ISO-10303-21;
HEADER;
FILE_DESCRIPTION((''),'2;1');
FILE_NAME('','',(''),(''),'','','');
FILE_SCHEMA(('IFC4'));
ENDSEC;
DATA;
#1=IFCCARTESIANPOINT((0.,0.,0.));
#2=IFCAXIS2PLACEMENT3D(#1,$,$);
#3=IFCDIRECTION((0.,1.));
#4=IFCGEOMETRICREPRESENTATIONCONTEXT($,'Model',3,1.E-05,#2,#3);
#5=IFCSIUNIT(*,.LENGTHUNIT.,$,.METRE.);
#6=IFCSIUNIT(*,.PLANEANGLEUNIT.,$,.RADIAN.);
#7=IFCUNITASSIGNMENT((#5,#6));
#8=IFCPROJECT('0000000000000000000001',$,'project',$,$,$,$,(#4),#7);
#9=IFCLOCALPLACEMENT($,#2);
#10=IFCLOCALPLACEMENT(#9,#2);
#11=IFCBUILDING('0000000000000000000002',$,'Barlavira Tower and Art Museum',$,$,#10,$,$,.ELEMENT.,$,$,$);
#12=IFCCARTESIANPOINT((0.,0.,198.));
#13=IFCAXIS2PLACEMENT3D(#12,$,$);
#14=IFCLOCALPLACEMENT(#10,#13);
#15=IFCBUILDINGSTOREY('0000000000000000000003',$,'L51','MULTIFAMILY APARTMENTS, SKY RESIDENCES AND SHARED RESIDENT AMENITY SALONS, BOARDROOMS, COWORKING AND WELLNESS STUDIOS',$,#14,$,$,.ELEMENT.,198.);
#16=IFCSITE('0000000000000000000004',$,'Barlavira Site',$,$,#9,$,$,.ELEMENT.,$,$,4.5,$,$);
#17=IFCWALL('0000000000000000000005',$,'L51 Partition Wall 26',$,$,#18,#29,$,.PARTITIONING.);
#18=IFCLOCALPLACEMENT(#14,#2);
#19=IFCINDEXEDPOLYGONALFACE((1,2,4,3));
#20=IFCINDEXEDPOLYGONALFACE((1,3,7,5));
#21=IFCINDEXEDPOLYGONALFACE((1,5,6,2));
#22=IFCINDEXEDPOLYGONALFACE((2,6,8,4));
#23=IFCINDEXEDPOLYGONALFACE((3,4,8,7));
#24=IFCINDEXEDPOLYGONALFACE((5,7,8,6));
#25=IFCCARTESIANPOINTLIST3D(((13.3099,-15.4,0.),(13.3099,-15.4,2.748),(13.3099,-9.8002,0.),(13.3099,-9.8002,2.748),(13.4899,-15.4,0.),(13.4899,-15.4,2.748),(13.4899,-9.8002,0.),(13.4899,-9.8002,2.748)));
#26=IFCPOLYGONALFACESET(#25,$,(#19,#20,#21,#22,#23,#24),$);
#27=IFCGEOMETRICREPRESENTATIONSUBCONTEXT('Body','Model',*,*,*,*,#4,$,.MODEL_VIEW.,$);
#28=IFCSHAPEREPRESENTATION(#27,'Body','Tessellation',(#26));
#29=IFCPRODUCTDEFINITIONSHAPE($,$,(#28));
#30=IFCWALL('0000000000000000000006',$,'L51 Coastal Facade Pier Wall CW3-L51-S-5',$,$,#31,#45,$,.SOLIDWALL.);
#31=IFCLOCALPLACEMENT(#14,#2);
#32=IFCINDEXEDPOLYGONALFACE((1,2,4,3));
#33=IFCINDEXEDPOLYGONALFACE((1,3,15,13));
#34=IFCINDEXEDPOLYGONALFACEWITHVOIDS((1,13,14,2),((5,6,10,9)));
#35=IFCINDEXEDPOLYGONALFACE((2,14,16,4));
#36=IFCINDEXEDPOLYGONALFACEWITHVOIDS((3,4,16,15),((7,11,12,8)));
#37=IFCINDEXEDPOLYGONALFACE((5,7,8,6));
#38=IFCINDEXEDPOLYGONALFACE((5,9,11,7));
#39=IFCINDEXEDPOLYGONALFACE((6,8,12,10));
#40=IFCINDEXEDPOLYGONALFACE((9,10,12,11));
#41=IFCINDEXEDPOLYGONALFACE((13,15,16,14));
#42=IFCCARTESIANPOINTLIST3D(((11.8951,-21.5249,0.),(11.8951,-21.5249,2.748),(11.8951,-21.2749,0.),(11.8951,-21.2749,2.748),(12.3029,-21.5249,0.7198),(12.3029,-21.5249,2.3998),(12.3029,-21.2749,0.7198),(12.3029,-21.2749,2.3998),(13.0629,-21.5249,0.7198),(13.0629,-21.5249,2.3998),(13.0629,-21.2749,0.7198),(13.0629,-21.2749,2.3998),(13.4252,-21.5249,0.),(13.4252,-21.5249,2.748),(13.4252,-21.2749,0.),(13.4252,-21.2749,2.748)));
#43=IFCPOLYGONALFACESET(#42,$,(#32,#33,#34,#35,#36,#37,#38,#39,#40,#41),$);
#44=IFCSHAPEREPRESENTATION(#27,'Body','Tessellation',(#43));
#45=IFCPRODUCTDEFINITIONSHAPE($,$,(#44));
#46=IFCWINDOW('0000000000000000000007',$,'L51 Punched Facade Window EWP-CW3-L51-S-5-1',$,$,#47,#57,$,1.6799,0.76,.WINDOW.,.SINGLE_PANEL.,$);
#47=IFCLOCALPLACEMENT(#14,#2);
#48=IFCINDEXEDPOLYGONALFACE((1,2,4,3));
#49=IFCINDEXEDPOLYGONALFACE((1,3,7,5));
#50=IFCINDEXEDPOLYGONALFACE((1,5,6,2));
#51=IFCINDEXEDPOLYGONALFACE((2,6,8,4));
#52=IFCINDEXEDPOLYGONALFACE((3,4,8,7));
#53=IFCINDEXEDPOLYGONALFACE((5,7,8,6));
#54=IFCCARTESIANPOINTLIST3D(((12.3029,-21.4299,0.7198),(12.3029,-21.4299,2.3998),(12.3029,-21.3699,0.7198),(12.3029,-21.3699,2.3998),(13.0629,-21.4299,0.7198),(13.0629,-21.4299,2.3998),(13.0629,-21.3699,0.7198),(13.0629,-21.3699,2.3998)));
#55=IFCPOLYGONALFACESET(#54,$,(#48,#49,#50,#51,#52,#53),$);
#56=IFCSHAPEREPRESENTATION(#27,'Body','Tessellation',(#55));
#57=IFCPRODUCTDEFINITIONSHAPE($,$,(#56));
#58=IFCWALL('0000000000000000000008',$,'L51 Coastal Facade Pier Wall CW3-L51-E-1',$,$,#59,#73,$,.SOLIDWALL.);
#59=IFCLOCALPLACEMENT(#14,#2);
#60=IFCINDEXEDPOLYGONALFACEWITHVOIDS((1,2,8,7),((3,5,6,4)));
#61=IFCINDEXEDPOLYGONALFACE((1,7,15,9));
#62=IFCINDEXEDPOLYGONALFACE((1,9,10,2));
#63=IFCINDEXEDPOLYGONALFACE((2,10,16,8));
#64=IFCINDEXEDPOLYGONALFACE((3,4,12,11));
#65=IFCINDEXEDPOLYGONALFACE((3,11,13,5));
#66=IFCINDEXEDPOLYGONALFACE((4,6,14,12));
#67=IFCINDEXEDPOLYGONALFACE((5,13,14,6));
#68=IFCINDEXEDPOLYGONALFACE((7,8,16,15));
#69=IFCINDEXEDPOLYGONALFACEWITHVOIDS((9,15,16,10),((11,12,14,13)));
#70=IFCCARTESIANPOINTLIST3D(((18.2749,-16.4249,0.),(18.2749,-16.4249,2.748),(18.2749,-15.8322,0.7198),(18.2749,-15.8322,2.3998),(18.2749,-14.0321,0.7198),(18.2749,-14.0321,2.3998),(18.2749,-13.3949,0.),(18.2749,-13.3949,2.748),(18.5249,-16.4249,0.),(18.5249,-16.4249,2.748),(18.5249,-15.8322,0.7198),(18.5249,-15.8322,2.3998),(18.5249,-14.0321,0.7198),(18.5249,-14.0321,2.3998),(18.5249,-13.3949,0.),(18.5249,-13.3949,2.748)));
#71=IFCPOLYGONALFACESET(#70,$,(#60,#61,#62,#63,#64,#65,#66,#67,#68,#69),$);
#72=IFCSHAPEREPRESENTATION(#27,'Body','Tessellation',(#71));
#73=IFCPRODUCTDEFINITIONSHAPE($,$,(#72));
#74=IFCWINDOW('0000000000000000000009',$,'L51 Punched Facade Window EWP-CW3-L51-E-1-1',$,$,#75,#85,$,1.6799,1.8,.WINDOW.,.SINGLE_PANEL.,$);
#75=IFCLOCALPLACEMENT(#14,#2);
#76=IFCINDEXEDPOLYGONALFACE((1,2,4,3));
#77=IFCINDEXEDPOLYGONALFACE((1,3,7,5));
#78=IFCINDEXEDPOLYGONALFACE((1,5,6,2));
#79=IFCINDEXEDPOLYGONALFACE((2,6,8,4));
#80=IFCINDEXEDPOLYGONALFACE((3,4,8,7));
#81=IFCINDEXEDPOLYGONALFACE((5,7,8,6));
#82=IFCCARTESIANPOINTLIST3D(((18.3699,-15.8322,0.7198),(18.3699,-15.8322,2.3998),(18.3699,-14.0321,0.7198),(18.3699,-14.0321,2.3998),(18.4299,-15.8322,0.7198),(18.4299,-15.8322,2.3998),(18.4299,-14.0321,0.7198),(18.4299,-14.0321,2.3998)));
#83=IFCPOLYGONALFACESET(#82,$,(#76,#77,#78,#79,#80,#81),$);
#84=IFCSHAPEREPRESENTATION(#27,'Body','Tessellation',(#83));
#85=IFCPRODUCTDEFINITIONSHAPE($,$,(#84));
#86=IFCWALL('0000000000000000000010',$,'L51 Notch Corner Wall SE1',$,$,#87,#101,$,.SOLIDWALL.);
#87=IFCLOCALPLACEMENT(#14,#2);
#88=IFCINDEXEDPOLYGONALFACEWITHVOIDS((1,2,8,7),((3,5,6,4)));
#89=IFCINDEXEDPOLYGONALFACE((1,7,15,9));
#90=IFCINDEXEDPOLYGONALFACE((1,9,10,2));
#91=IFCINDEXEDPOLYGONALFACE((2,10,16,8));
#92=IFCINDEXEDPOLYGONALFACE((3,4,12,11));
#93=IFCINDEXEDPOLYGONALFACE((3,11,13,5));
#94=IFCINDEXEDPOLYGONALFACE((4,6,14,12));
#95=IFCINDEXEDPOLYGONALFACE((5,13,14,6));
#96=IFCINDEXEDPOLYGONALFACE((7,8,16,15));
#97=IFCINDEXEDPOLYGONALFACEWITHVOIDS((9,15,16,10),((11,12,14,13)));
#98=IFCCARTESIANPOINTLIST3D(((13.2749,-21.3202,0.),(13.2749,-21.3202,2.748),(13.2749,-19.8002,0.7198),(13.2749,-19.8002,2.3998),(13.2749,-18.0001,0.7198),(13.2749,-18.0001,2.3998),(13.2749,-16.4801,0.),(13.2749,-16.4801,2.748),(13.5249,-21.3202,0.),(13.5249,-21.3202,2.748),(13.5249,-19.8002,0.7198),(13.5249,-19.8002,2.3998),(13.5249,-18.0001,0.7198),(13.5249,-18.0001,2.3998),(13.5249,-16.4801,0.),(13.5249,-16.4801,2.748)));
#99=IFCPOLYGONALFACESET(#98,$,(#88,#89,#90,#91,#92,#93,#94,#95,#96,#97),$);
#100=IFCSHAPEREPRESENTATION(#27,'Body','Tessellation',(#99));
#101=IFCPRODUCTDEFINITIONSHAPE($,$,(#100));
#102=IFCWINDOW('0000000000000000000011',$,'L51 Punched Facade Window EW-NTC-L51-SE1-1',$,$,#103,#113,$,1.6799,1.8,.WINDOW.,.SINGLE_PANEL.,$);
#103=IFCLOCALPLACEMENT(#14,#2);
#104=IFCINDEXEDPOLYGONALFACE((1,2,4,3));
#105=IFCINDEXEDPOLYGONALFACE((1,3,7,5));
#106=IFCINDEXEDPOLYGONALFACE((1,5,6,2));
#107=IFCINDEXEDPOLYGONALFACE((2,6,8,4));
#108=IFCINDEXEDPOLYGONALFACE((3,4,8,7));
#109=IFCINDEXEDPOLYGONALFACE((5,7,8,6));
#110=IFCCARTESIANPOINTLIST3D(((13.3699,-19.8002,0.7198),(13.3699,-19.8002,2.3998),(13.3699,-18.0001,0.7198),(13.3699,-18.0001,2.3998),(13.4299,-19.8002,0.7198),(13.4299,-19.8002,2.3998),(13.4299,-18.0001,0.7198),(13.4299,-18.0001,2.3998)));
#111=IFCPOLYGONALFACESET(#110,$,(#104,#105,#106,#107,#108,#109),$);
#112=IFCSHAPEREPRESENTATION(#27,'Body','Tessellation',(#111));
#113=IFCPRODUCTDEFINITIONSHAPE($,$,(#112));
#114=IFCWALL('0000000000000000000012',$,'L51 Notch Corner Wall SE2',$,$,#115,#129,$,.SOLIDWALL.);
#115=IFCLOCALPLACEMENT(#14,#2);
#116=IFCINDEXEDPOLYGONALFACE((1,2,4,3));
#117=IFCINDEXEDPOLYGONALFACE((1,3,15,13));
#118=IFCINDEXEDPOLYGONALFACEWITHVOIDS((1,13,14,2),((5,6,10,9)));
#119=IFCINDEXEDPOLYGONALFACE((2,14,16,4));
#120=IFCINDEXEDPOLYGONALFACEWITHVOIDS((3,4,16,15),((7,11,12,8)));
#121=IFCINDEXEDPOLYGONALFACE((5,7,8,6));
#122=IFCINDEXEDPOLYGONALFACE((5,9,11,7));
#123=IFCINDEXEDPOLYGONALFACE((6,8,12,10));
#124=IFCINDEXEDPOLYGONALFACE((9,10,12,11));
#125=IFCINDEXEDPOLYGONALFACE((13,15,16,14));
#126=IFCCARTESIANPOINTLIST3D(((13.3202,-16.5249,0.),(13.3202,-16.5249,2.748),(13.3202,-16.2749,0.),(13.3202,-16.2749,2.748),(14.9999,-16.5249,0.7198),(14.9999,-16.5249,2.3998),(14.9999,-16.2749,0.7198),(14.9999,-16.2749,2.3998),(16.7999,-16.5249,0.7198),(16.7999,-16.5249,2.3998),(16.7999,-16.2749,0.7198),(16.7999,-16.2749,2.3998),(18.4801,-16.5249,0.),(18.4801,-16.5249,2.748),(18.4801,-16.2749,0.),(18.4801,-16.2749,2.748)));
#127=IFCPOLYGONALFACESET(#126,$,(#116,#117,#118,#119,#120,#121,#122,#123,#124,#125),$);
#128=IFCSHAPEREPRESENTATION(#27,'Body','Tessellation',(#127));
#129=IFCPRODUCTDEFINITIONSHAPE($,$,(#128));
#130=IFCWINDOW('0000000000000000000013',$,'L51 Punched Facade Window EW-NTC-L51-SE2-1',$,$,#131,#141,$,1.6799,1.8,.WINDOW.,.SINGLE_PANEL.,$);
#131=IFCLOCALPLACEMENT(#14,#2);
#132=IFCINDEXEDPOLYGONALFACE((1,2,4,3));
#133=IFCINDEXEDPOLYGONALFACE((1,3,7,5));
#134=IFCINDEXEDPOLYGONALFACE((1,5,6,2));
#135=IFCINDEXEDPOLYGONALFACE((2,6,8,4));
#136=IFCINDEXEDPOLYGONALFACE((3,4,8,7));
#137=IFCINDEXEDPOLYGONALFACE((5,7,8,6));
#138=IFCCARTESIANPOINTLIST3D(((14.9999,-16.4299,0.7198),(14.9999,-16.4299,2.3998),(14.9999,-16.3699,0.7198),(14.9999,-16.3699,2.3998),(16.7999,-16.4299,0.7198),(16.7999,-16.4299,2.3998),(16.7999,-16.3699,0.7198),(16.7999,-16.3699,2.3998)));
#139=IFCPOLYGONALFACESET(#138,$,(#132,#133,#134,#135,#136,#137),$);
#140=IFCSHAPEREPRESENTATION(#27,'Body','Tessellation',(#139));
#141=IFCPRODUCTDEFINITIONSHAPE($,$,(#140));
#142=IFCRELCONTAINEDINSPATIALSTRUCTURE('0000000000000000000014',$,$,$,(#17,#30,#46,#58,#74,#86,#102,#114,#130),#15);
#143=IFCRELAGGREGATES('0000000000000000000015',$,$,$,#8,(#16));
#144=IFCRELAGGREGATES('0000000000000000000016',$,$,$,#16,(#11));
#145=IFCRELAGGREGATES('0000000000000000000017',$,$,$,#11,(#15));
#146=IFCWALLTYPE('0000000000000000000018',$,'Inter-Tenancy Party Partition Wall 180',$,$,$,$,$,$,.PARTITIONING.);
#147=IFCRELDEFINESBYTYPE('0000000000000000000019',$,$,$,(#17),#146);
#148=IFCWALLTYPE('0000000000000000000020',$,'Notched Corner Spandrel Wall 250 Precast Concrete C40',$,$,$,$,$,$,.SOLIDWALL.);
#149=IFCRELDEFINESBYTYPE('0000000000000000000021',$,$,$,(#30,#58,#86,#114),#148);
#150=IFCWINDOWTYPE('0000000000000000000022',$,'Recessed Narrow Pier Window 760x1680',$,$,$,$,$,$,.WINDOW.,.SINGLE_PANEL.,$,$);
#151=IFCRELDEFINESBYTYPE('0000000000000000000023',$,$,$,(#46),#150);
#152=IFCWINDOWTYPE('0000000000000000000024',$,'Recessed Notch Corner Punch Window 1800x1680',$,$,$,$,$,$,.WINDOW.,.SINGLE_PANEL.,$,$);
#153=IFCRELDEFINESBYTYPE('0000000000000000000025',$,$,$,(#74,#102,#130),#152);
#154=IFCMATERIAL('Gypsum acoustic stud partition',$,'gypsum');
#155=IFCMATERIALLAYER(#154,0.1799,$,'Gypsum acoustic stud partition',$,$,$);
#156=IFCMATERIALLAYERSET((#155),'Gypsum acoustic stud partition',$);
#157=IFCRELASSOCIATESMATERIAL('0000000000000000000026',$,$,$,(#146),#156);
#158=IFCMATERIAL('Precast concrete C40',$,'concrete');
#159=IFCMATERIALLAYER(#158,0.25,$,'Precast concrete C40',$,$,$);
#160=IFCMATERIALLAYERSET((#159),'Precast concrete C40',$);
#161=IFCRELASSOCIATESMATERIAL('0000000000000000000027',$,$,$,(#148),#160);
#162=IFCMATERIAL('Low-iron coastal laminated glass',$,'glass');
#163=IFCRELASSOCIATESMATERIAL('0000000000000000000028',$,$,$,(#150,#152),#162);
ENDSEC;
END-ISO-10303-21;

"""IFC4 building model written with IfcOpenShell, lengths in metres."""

from ifc_helpers import new_model, si_unit, direction, frame, frame_2d, origin, place, context, subcontext, project, spatial, rectangle, extrude, material, layer, layer_set, type_object, element, fill, save


model = new_model("IFC4")

# Units and contexts
model_context = context("Model", 3, precision=1e-05, world=origin(), true_north=direction((0.0, 1.0)))
body_context = subcontext(model_context, "Body", "Model", "MODEL_VIEW")
ifc_project = project(units=[si_unit("LENGTHUNIT", "METRE"), si_unit("PLANEANGLEUNIT", "RADIAN")], contexts=[model_context])

# Site, building, storey
site_placement = place(None, origin())
site = spatial("IfcSite", under=ifc_project, at=site_placement, Name="Barlavira Site", CompositionType="ELEMENT", RefElevation=4.5)
building_placement = place(site_placement, origin())
building = spatial("IfcBuilding", under=site, at=building_placement, Name="Barlavira Tower and Art Museum", CompositionType="ELEMENT")
storey_placement = place(building_placement, frame((0.0, 0.0, 198.0)))
storey = spatial("IfcBuildingStorey", under=building, at=storey_placement, Name="L51", Description="MULTIFAMILY APARTMENTS, SKY RESIDENCES AND SHARED RESIDENT AMENITY SALONS, BOARDROOMS, COWORKING AND WELLNESS STUDIOS", CompositionType="ELEMENT", Elevation=198.0)

# Wall
ifc_material_1 = material(Name="Gypsum acoustic stud partition", Category="gypsum")
ifc_layer_1 = layer(ifc_material_1, 0.1799, Name="Gypsum acoustic stud partition")
ifc_layer_set_1 = layer_set([ifc_layer_1], Name="Gypsum acoustic stud partition")
wall_type_1 = type_object("IfcWallType", Name="Inter-Tenancy Party Partition Wall 180", PredefinedType="PARTITIONING", material=ifc_layer_set_1)
wall_1_placement = place(storey_placement, frame((13.3999, -15.3999, 0.0), z_axis=(0.0, 0.0, 1.0), x_axis=(0.0, 1.0, 0.0)))
element("IfcWall", 1, at=wall_1_placement, inside=storey, type_object=wall_type_1, Name="L51 Partition Wall 26", PredefinedType="PARTITIONING", context=body_context, shape_type="SweptSolid", body=[
    extrude(rectangle(XDim=5.5999, YDim=0.1799, at=frame_2d((2.7998, 0.0))), origin(), (0.0, 0.0, 1.0), 2.748),
])

# Walls, openings, windows
ifc_material_2 = material(Name="Precast concrete C40", Category="concrete")
ifc_layer_2 = layer(ifc_material_2, 0.25, Name="Precast concrete C40")
ifc_layer_set_2 = layer_set([ifc_layer_2], Name="Precast concrete C40")
wall_type_2 = type_object("IfcWallType", Name="Notched Corner Spandrel Wall 250 Precast Concrete C40", PredefinedType="SOLIDWALL", material=ifc_layer_set_2)
wall_2_placement = place(storey_placement, frame((11.895, -21.3999, 0.0), z_axis=(0.0, 0.0, 1.0), x_axis=(1.0, 0.0, 0.0)))
wall_2 = element("IfcWall", 2, at=wall_2_placement, inside=storey, type_object=wall_type_2, Name="L51 Coastal Facade Pier Wall CW3-L51-S-5", PredefinedType="SOLIDWALL", context=body_context, shape_type="SweptSolid", body=[
    extrude(rectangle(XDim=1.53, YDim=0.25, at=frame_2d((0.7651, 0.0))), origin(), (0.0, 0.0, 1.0), 2.748),
])
opening_1_placement = place(wall_2_placement, frame((0.408, 0.0, 0.72)))
opening_1 = element("IfcOpeningElement", 3, at=opening_1_placement, cuts=wall_2, PredefinedType="OPENING", context=body_context, shape_type="SweptSolid", body=[
    extrude(rectangle(XDim=0.76, YDim=1.6799, at=frame_2d((0.3799, 0.8398))), frame((0.0, 0.135, 0.0), z_axis=(0.0, -1.0, 0.0), x_axis=(1.0, 0.0, 0.0)), (0.0, 0.0, 1.0), 0.27),
])
ifc_material_3 = material(Name="Low-iron coastal laminated glass", Category="glass")
window_type_1 = type_object("IfcWindowType", Name="Recessed Narrow Pier Window 760x1680", PartitioningType="SINGLE_PANEL", PredefinedType="WINDOW", material=ifc_material_3)
window_1_placement = place(opening_1_placement, origin())
window_1 = element("IfcWindow", 4, at=window_1_placement, inside=storey, type_object=window_type_1, Name="L51 Punched Facade Window EWP-CW3-L51-S-5-1", OverallHeight=1.6799, OverallWidth=0.76, PartitioningType="SINGLE_PANEL", PredefinedType="WINDOW", context=body_context, shape_type="SweptSolid", body=[
    extrude(rectangle(XDim=0.76, YDim=1.6799, at=frame_2d((0.3799, 0.8398))), frame((0.0, 0.03, 0.0), z_axis=(0.0, -1.0, 0.0), x_axis=(1.0, 0.0, 0.0)), (0.0, 0.0, 1.0), 0.0601),
])
fill(opening_1, window_1)
wall_3_placement = place(storey_placement, frame((18.3999, -16.425, 0.0), z_axis=(0.0, 0.0, 1.0), x_axis=(0.0, 1.0, 0.0)))
wall_3 = element("IfcWall", 5, at=wall_3_placement, inside=storey, type_object=wall_type_2, Name="L51 Coastal Facade Pier Wall CW3-L51-E-1", PredefinedType="SOLIDWALL", context=body_context, shape_type="SweptSolid", body=[
    extrude(rectangle(XDim=3.03, YDim=0.25, at=frame_2d((1.5151, 0.0))), origin(), (0.0, 0.0, 1.0), 2.748),
])
opening_2_placement = place(wall_3_placement, frame((0.593, 0.0, 0.72)))
opening_2 = element("IfcOpeningElement", 6, at=opening_2_placement, cuts=wall_3, PredefinedType="OPENING", context=body_context, shape_type="SweptSolid", body=[
    extrude(rectangle(XDim=1.8, YDim=1.6799, at=frame_2d((0.8999, 0.8398))), frame((0.0, 0.135, 0.0), z_axis=(0.0, -1.0, 0.0), x_axis=(1.0, 0.0, 0.0)), (0.0, 0.0, 1.0), 0.27),
])
window_type_2 = type_object("IfcWindowType", Name="Recessed Notch Corner Punch Window 1800x1680", PartitioningType="SINGLE_PANEL", PredefinedType="WINDOW", material=ifc_material_3)
window_2_placement = place(opening_2_placement, origin())
window_2 = element("IfcWindow", 7, at=window_2_placement, inside=storey, type_object=window_type_2, Name="L51 Punched Facade Window EWP-CW3-L51-E-1-1", OverallHeight=1.6799, OverallWidth=1.8, PartitioningType="SINGLE_PANEL", PredefinedType="WINDOW", context=body_context, shape_type="SweptSolid", body=[
    extrude(rectangle(XDim=1.8, YDim=1.6799, at=frame_2d((0.8999, 0.8398))), frame((0.0, 0.03, 0.0), z_axis=(0.0, -1.0, 0.0), x_axis=(1.0, 0.0, 0.0)), (0.0, 0.0, 1.0), 0.0601),
])
fill(opening_2, window_2)
wall_4_placement = place(storey_placement, frame((13.3999, -21.3201, 0.0), z_axis=(0.0, 0.0, 1.0), x_axis=(0.0, 1.0, 0.0)))
wall_4 = element("IfcWall", 8, at=wall_4_placement, inside=storey, type_object=wall_type_2, Name="L51 Notch Corner Wall SE1", PredefinedType="SOLIDWALL", context=body_context, shape_type="SweptSolid", body=[
    extrude(rectangle(XDim=4.8401, YDim=0.25, at=frame_2d((2.4199, 0.0))), origin(), (0.0, 0.0, 1.0), 2.748),
])
opening_3_placement = place(wall_4_placement, frame((1.52, 0.0, 0.72)))
opening_3 = element("IfcOpeningElement", 9, at=opening_3_placement, cuts=wall_4, PredefinedType="OPENING", context=body_context, shape_type="SweptSolid", body=[
    extrude(rectangle(XDim=1.8, YDim=1.6799, at=frame_2d((0.8999, 0.8398))), frame((0.0, 0.135, 0.0), z_axis=(0.0, -1.0, 0.0), x_axis=(1.0, 0.0, 0.0)), (0.0, 0.0, 1.0), 0.27),
])
window_3_placement = place(opening_3_placement, origin())
window_3 = element("IfcWindow", 10, at=window_3_placement, inside=storey, type_object=window_type_2, Name="L51 Punched Facade Window EW-NTC-L51-SE1-1", OverallHeight=1.6799, OverallWidth=1.8, PartitioningType="SINGLE_PANEL", PredefinedType="WINDOW", context=body_context, shape_type="SweptSolid", body=[
    extrude(rectangle(XDim=1.8, YDim=1.6799, at=frame_2d((0.8999, 0.8398))), frame((0.0, 0.03, 0.0), z_axis=(0.0, -1.0, 0.0), x_axis=(1.0, 0.0, 0.0)), (0.0, 0.0, 1.0), 0.0601),
])
fill(opening_3, window_3)
wall_5_placement = place(storey_placement, frame((13.3201, -16.3999, 0.0), z_axis=(0.0, 0.0, 1.0), x_axis=(1.0, 0.0, 0.0)))
wall_5 = element("IfcWall", 11, at=wall_5_placement, inside=storey, type_object=wall_type_2, Name="L51 Notch Corner Wall SE2", PredefinedType="SOLIDWALL", context=body_context, shape_type="SweptSolid", body=[
    extrude(rectangle(XDim=5.1599, YDim=0.25, at=frame_2d((2.5801, 0.0))), origin(), (0.0, 0.0, 1.0), 2.748),
])
opening_4_placement = place(wall_5_placement, frame((1.6799, 0.0, 0.72)))
opening_4 = element("IfcOpeningElement", 12, at=opening_4_placement, cuts=wall_5, PredefinedType="OPENING", context=body_context, shape_type="SweptSolid", body=[
    extrude(rectangle(XDim=1.8, YDim=1.6799, at=frame_2d((0.8999, 0.8398))), frame((0.0, 0.135, 0.0), z_axis=(0.0, -1.0, 0.0), x_axis=(1.0, 0.0, 0.0)), (0.0, 0.0, 1.0), 0.27),
])
window_4_placement = place(opening_4_placement, origin())
window_4 = element("IfcWindow", 13, at=window_4_placement, inside=storey, type_object=window_type_2, Name="L51 Punched Facade Window EW-NTC-L51-SE2-1", OverallHeight=1.6799, OverallWidth=1.8, PartitioningType="SINGLE_PANEL", PredefinedType="WINDOW", context=body_context, shape_type="SweptSolid", body=[
    extrude(rectangle(XDim=1.8, YDim=1.6799, at=frame_2d((0.8999, 0.8398))), frame((0.0, 0.03, 0.0), z_axis=(0.0, -1.0, 0.0), x_axis=(1.0, 0.0, 0.0)), (0.0, 0.0, 1.0), 0.0601),
])
fill(opening_4, window_4)

save(model, "model.ifc")
